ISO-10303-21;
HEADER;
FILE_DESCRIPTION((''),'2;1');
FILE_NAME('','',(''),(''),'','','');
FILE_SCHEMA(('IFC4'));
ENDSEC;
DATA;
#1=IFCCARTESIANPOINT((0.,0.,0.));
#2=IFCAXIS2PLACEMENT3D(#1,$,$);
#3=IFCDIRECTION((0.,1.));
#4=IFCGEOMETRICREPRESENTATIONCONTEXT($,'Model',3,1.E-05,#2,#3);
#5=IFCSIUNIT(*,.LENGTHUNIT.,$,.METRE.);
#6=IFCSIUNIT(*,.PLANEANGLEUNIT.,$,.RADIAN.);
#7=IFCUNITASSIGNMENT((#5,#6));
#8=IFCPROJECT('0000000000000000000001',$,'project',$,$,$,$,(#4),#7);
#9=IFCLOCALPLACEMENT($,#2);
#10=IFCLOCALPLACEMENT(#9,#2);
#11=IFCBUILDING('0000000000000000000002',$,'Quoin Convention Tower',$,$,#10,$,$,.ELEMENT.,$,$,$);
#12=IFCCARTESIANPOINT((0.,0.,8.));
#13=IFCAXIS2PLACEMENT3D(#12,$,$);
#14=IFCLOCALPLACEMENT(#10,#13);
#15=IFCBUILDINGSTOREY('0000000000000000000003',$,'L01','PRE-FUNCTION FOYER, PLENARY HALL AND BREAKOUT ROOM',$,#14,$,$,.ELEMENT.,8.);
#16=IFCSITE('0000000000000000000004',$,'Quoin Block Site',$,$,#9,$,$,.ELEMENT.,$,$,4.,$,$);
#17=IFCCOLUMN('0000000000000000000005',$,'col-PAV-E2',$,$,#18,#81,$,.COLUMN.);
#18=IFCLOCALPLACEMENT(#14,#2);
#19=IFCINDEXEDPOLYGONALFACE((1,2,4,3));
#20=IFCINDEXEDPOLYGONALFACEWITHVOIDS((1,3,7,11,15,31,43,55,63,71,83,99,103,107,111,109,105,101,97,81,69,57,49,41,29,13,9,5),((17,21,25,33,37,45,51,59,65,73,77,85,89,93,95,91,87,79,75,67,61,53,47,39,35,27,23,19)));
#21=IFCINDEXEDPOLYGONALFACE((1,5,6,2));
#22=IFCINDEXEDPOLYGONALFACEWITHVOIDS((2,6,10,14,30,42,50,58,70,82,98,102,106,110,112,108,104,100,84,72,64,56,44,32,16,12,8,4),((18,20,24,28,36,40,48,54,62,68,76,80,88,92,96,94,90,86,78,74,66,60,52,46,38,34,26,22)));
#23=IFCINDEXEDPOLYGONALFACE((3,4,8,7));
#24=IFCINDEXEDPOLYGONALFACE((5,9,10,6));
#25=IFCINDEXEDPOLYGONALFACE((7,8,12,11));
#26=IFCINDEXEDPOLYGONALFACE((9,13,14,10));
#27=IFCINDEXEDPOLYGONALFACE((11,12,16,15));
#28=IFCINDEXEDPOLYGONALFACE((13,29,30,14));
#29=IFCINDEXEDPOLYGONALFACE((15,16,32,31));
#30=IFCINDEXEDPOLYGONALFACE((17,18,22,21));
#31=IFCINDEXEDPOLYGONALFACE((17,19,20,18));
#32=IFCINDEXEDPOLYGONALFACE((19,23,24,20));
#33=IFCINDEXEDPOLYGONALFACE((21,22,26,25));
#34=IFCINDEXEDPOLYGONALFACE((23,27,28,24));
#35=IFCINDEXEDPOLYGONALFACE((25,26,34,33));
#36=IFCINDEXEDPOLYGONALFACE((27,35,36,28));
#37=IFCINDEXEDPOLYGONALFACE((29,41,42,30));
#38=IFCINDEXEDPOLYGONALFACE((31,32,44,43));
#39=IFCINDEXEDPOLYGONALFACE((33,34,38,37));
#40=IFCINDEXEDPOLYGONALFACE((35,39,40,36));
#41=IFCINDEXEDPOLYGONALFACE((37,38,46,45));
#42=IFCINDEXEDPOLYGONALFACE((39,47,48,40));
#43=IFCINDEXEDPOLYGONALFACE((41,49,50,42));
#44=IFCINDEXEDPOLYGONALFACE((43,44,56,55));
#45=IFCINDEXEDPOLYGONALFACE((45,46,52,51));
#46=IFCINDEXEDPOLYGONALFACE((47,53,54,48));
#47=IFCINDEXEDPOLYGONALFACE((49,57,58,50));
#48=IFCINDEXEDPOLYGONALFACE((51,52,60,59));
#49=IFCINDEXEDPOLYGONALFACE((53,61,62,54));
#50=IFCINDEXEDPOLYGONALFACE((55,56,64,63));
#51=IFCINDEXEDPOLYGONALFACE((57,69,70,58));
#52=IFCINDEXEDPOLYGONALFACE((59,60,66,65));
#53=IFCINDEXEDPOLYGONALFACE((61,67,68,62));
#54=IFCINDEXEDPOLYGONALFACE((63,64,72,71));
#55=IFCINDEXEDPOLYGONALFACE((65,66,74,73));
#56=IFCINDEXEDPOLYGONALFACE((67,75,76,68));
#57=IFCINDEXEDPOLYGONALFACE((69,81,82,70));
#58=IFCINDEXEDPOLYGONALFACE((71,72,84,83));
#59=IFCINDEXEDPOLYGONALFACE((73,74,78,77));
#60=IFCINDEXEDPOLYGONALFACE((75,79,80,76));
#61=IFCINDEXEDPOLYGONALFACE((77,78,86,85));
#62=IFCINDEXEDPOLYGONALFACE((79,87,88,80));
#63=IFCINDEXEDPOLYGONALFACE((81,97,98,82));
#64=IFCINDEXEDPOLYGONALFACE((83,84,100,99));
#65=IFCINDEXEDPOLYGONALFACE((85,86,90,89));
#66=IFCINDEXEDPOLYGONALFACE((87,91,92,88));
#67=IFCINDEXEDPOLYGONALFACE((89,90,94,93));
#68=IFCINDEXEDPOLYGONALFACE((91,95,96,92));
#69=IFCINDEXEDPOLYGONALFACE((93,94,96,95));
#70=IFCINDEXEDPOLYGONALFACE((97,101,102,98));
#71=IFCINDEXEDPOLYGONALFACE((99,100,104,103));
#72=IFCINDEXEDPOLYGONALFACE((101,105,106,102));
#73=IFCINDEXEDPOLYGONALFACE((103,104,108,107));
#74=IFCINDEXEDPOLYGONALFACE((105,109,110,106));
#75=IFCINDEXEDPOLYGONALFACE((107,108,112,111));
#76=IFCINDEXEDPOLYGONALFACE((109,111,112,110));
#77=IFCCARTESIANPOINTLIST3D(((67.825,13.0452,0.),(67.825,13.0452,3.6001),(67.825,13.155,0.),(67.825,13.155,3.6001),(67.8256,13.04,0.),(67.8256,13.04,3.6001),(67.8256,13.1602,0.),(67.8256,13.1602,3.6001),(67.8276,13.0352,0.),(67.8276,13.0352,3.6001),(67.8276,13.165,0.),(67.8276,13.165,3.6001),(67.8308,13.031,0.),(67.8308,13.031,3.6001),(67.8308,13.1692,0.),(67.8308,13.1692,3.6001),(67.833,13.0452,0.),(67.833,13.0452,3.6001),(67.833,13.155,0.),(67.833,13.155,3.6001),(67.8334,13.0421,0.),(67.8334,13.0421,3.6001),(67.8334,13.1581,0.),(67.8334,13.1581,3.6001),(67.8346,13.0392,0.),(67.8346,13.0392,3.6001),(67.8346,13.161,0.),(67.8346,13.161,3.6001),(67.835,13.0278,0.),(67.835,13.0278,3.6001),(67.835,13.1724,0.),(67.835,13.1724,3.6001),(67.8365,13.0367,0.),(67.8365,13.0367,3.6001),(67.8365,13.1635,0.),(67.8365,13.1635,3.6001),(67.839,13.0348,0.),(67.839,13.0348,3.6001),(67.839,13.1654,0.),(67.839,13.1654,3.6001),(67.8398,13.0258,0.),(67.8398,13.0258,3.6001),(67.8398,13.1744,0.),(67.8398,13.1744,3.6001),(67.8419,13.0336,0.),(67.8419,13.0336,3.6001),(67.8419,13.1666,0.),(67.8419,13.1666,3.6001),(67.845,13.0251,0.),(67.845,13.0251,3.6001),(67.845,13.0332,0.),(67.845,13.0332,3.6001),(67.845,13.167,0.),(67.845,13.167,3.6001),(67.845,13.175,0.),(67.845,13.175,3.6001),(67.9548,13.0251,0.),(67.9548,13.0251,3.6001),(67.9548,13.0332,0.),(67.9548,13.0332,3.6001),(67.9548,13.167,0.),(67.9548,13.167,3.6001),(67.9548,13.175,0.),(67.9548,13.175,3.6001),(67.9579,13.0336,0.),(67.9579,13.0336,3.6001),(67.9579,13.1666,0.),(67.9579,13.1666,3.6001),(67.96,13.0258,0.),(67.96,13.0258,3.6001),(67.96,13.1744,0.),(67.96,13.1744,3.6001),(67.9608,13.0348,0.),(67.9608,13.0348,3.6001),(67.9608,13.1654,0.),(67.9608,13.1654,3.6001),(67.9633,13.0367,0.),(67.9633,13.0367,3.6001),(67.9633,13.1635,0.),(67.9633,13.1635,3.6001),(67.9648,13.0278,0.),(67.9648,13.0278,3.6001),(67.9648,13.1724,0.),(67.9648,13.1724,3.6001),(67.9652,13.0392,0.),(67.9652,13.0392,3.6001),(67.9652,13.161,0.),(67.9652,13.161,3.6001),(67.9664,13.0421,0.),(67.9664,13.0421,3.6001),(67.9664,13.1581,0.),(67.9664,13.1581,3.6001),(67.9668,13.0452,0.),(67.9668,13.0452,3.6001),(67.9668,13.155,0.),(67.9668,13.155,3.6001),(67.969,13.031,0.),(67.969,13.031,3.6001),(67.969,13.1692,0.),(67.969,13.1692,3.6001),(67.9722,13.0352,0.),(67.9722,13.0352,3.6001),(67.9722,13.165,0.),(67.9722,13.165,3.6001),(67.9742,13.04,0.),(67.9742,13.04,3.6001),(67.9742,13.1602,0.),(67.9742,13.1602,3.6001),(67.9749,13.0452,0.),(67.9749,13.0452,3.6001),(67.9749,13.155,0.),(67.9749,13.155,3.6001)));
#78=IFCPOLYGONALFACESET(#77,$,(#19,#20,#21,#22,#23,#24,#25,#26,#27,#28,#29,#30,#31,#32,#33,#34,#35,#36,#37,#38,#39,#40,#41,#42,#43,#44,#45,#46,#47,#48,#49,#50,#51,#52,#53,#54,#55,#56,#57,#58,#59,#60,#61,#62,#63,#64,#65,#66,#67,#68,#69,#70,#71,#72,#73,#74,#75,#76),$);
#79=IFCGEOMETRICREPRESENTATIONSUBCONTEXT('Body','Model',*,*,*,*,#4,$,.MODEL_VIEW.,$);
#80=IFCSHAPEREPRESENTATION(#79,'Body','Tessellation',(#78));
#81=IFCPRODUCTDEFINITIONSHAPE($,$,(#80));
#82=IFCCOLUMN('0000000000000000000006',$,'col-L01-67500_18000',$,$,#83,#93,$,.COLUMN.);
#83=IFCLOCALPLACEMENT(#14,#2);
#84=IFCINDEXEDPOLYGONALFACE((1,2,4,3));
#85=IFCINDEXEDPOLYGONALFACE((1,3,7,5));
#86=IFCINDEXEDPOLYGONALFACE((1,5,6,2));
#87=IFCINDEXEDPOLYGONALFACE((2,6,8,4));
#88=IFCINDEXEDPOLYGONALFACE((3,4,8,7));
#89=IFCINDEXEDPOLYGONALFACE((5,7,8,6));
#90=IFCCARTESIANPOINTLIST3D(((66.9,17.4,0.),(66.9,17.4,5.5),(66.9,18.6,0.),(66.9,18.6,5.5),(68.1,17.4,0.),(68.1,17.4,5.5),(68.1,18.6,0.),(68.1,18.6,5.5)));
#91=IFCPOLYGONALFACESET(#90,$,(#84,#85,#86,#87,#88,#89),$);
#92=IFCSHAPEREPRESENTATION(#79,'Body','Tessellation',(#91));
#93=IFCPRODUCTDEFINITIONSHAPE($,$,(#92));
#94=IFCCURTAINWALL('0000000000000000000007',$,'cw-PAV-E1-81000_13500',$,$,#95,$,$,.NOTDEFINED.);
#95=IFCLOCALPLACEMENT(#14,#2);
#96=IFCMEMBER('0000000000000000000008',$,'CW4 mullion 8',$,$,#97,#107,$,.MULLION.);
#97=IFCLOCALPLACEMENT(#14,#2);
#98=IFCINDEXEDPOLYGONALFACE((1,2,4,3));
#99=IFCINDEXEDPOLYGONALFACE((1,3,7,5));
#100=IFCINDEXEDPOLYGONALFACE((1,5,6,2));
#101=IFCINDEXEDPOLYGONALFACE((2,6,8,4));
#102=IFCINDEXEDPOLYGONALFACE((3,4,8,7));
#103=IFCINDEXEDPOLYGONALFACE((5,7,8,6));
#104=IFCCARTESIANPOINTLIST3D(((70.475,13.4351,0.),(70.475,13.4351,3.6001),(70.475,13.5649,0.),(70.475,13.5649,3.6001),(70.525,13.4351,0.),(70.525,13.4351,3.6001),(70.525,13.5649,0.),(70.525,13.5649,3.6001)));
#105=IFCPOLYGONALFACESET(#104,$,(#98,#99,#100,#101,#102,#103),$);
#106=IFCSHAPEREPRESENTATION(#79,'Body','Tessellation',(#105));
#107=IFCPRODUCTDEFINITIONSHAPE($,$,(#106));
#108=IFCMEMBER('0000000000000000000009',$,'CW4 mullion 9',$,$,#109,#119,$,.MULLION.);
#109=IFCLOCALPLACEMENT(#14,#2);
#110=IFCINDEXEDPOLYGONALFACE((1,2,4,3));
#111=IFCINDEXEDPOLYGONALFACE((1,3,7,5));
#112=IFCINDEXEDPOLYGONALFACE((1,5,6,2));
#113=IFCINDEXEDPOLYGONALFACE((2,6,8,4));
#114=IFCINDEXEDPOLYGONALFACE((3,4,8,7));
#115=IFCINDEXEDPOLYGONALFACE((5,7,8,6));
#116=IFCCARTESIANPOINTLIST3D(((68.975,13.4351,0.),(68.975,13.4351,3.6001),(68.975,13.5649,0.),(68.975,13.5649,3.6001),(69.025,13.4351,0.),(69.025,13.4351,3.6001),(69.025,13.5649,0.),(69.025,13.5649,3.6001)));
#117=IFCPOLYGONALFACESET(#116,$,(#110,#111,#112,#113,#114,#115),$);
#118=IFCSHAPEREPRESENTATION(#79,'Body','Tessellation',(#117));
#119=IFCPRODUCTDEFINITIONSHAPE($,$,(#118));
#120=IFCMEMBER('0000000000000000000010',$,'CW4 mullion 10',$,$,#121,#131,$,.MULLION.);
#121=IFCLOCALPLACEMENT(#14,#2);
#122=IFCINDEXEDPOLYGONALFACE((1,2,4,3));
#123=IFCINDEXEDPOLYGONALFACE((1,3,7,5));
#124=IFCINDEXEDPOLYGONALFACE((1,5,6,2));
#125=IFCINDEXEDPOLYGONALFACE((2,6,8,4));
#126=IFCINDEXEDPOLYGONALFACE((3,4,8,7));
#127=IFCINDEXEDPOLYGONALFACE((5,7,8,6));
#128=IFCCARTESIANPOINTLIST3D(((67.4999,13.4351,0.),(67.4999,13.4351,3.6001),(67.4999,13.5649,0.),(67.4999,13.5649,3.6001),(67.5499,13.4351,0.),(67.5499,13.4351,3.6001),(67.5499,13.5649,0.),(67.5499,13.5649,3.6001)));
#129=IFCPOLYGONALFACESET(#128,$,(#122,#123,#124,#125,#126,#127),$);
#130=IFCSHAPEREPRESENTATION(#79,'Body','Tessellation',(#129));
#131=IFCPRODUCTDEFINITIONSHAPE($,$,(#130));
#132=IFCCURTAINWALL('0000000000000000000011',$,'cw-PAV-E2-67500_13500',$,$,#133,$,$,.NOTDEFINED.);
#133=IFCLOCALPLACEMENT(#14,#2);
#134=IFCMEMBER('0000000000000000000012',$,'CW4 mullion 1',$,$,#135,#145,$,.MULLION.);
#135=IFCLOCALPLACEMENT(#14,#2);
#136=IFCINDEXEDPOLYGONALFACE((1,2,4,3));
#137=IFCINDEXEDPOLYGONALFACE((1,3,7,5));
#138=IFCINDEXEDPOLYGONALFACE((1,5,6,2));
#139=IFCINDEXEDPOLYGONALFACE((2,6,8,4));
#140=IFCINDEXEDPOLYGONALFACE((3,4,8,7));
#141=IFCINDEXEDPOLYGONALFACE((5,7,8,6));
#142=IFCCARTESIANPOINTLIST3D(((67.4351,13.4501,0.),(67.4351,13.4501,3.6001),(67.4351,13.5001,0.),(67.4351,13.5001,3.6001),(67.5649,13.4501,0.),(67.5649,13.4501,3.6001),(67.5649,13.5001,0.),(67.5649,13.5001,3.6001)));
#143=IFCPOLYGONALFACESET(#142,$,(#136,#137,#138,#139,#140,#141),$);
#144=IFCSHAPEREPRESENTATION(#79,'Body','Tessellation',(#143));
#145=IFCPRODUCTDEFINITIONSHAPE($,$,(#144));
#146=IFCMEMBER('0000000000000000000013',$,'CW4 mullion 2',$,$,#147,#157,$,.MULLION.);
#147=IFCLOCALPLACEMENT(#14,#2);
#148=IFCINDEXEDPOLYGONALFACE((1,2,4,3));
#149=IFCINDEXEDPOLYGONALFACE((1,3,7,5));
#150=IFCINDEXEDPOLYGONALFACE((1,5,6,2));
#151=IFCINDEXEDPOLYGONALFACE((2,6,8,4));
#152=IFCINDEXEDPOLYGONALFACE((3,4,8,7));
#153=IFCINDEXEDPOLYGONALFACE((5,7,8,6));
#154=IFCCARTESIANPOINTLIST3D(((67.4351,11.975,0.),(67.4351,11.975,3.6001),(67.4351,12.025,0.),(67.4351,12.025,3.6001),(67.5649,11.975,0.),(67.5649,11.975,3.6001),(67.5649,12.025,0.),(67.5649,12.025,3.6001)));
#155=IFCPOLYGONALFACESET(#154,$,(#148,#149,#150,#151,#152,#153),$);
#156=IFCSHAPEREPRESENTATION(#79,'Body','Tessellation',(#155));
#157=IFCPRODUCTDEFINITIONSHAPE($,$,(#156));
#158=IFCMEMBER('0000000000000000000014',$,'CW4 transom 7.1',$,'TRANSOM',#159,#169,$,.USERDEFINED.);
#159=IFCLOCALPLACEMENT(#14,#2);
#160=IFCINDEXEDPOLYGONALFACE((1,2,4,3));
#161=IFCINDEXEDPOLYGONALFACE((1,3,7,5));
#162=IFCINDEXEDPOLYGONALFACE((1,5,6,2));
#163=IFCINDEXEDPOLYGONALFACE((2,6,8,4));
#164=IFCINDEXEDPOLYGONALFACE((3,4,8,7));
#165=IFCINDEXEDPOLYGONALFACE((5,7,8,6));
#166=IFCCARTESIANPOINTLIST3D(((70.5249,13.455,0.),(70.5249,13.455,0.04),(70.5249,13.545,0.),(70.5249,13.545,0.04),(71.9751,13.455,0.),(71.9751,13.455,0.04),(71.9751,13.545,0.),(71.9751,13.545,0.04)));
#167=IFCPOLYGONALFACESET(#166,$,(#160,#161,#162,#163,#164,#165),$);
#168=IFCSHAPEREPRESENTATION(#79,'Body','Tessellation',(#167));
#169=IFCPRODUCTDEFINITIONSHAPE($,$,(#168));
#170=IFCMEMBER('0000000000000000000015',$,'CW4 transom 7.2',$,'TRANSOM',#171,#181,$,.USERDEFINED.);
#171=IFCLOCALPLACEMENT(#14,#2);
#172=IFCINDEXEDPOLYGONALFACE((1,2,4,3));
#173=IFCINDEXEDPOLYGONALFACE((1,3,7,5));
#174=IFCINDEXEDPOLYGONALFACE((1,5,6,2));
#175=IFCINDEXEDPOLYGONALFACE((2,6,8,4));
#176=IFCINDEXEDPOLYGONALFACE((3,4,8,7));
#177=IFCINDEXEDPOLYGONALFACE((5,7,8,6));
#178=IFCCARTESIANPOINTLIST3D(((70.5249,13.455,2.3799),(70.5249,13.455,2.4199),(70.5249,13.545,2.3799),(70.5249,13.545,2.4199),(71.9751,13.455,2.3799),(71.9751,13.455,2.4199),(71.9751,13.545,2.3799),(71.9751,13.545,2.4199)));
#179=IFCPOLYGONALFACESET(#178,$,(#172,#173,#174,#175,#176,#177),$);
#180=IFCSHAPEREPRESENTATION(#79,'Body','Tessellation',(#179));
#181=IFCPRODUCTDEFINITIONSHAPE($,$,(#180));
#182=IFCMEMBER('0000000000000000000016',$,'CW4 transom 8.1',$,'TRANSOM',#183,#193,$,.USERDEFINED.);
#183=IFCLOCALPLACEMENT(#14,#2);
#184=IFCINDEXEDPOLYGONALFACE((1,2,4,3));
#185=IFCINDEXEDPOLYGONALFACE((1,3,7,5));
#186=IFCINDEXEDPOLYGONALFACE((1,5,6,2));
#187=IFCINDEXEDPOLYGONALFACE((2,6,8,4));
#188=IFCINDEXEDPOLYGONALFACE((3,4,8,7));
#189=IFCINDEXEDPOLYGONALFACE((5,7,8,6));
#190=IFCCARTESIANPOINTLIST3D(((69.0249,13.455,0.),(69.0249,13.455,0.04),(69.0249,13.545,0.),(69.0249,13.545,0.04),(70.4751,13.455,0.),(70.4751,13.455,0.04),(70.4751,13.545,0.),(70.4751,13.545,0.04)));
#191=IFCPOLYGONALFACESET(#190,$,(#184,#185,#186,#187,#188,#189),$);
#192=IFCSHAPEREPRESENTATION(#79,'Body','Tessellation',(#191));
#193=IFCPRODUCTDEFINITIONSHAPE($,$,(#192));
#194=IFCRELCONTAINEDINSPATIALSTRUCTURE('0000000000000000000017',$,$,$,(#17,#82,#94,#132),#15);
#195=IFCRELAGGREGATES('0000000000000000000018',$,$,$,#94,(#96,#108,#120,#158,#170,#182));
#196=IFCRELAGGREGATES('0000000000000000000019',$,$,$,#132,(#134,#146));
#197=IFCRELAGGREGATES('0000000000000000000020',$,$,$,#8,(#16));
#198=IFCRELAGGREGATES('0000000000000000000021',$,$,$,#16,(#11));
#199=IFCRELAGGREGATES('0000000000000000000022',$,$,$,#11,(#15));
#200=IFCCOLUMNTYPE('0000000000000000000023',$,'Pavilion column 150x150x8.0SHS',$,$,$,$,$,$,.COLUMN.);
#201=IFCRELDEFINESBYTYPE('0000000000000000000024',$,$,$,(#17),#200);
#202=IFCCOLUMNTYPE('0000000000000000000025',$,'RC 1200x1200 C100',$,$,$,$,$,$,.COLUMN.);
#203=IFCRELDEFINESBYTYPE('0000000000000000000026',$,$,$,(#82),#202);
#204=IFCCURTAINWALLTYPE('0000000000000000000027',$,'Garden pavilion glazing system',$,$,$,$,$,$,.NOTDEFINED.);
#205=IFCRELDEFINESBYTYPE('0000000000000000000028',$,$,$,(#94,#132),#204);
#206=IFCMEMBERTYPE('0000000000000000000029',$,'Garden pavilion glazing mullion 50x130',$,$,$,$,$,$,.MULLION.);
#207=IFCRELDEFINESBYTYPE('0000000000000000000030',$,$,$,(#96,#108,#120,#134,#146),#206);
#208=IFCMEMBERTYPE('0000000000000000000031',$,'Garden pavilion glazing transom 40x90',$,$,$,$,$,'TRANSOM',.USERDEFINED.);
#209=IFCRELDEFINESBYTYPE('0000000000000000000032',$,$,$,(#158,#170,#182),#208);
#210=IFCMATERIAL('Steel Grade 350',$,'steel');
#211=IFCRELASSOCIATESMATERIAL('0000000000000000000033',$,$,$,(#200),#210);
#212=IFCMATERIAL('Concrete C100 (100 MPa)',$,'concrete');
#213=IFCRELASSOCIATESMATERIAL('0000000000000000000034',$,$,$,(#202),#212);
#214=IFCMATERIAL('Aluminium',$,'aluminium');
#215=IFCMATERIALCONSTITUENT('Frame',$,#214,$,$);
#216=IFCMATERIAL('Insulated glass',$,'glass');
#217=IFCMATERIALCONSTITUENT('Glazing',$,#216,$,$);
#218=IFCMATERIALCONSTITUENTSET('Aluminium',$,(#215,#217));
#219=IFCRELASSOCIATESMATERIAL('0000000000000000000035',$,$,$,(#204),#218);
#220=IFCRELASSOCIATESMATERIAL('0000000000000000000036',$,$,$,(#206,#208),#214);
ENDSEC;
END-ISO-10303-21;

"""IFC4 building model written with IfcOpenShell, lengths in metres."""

from ifc_helpers import new_model, si_unit, direction, frame, origin, origin_2d, place, context, subcontext, project, spatial, rectangle, hollow_rectangle, extrude, material, constituent, constituent_set, material_profile, profile_set, type_object, element, aggregate, save


model = new_model("IFC4")

# Units and contexts
model_context = context("Model", 3, precision=1e-05, world=origin(), true_north=direction((0.0, 1.0)))
body_context = subcontext(model_context, "Body", "Model", "MODEL_VIEW")
ifc_project = project(units=[si_unit("LENGTHUNIT", "METRE"), si_unit("PLANEANGLEUNIT", "RADIAN")], contexts=[model_context])

# Site, building, storey
site_placement = place(None, origin())
site = spatial("IfcSite", under=ifc_project, at=site_placement, Name="Quoin Block Site", CompositionType="ELEMENT", RefElevation=4.0)
building_placement = place(site_placement, origin())
building = spatial("IfcBuilding", under=site, at=building_placement, Name="Quoin Convention Tower", CompositionType="ELEMENT")
storey_placement = place(building_placement, frame((0.0, 0.0, 8.0)))
storey = spatial("IfcBuildingStorey", under=building, at=storey_placement, Name="L01", Description="PRE-FUNCTION FOYER, PLENARY HALL AND BREAKOUT ROOM", CompositionType="ELEMENT", Elevation=8.0)

# Columns
ifc_material_1 = material(Name="Steel Grade 350", Category="steel")
ifc_material_profile_1 = material_profile(ifc_material_1, hollow_rectangle(XDim=0.1499, YDim=0.1499, WallThickness=0.0081, InnerFilletRadius=0.012, OuterFilletRadius=0.02, at=origin_2d()), Name="150x150x8.0SHS")
ifc_profile_set_1 = profile_set([ifc_material_profile_1], Name="Steel Grade 350")
column_type_1 = type_object("IfcColumnType", Name="Pavilion column 150x150x8.0SHS", PredefinedType="COLUMN", material=ifc_profile_set_1)
column_1_placement = place(storey_placement, frame((67.8999, 13.1001, 0.0), z_axis=(0.0, 0.0, 1.0), x_axis=(1.0, 0.0, 0.0)))
element("IfcColumn", 1, at=column_1_placement, inside=storey, type_object=column_type_1, Name="col-PAV-E2", PredefinedType="COLUMN", context=body_context, shape_type="SweptSolid", body=[
    extrude(hollow_rectangle(XDim=0.1499, YDim=0.1499, WallThickness=0.0081, InnerFilletRadius=0.012, OuterFilletRadius=0.02, at=origin_2d()), origin(), (0.0, 0.0, 1.0), 3.6001),
])
ifc_material_2 = material(Name="Concrete C100 (100 MPa)", Category="concrete")
ifc_material_profile_2 = material_profile(ifc_material_2, rectangle(XDim=1.2, YDim=1.2, at=origin_2d()), Name="RC 1200x1200")
ifc_profile_set_2 = profile_set([ifc_material_profile_2], Name="Concrete C100 (100 MPa)")
column_type_2 = type_object("IfcColumnType", Name="RC 1200x1200 C100", PredefinedType="COLUMN", material=ifc_profile_set_2)
column_2_placement = place(storey_placement, frame((67.5, 18.0, 0.0), z_axis=(0.0, 0.0, 1.0), x_axis=(1.0, 0.0, 0.0)))
element("IfcColumn", 2, at=column_2_placement, inside=storey, type_object=column_type_2, Name="col-L01-67500_18000", PredefinedType="COLUMN", context=body_context, shape_type="SweptSolid", body=[
    extrude(rectangle(XDim=1.2, YDim=1.2, at=origin_2d()), origin(), (0.0, 0.0, 1.0), 5.5),
])

# Curtain walls, members
ifc_material_3 = material(Name="Aluminium", Category="aluminium")
ifc_constituent_1 = constituent(ifc_material_3, Name="Frame")
ifc_material_4 = material(Name="Insulated glass", Category="glass")
ifc_constituent_2 = constituent(ifc_material_4, Name="Glazing")
ifc_constituent_set = constituent_set(constituents=[ifc_constituent_1, ifc_constituent_2], Name="Aluminium")
curtain_wall_type = type_object("IfcCurtainWallType", Name="Garden pavilion glazing system", PredefinedType="NOTDEFINED", material=ifc_constituent_set)
curtain_wall_1_placement = place(storey_placement, origin())
curtain_wall_1 = element("IfcCurtainWall", 3, at=curtain_wall_1_placement, inside=storey, type_object=curtain_wall_type, Name="cw-PAV-E1-81000_13500", PredefinedType="NOTDEFINED")
ifc_material_profile_3 = material_profile(ifc_material_3, rectangle(XDim=0.1299, YDim=0.05, at=origin_2d()), Name="Garden pavilion glazing mullion 50x130")
ifc_profile_set_3 = profile_set([ifc_material_profile_3], Name="Aluminium")
member_type_1 = type_object("IfcMemberType", Name="Garden pavilion glazing mullion 50x130", PredefinedType="MULLION", material=ifc_profile_set_3)
member_1_placement = place(storey_placement, frame((70.5, 13.5, 0.0), z_axis=(0.0, 0.0, 1.0), x_axis=(0.0, -1.0, 0.0)))
member_1 = element("IfcMember", 4, at=member_1_placement, type_object=member_type_1, Name="CW4 mullion 8", PredefinedType="MULLION", context=body_context, shape_type="SweptSolid", body=[
    extrude(rectangle(XDim=0.1299, YDim=0.05, at=origin_2d()), origin(), (0.0, 0.0, 1.0), 3.6001),
])
member_2_placement = place(storey_placement, frame((69.0, 13.5, 0.0), z_axis=(0.0, 0.0, 1.0), x_axis=(0.0, -1.0, 0.0)))
member_2 = element("IfcMember", 5, at=member_2_placement, type_object=member_type_1, Name="CW4 mullion 9", PredefinedType="MULLION", context=body_context, shape_type="SweptSolid", body=[
    extrude(rectangle(XDim=0.1299, YDim=0.05, at=origin_2d()), origin(), (0.0, 0.0, 1.0), 3.6001),
])
member_3_placement = place(storey_placement, frame((67.5249, 13.5, 0.0), z_axis=(0.0, 0.0, 1.0), x_axis=(0.0, -1.0, 0.0)))
member_3 = element("IfcMember", 6, at=member_3_placement, type_object=member_type_1, Name="CW4 mullion 10", PredefinedType="MULLION", context=body_context, shape_type="SweptSolid", body=[
    extrude(rectangle(XDim=0.1299, YDim=0.05, at=origin_2d()), origin(), (0.0, 0.0, 1.0), 3.6001),
])
curtain_wall_2_placement = place(storey_placement, origin())
curtain_wall_2 = element("IfcCurtainWall", 7, at=curtain_wall_2_placement, inside=storey, type_object=curtain_wall_type, Name="cw-PAV-E2-67500_13500", PredefinedType="NOTDEFINED")
member_4_placement = place(storey_placement, frame((67.5, 13.4751, 0.0), z_axis=(0.0, 0.0, 1.0), x_axis=(1.0, 0.0, 0.0)))
member_4 = element("IfcMember", 8, at=member_4_placement, type_object=member_type_1, Name="CW4 mullion 1", PredefinedType="MULLION", context=body_context, shape_type="SweptSolid", body=[
    extrude(rectangle(XDim=0.1299, YDim=0.05, at=origin_2d()), origin(), (0.0, 0.0, 1.0), 3.6001),
])
member_5_placement = place(storey_placement, frame((67.5, 12.0, 0.0), z_axis=(0.0, 0.0, 1.0), x_axis=(1.0, 0.0, 0.0)))
member_5 = element("IfcMember", 9, at=member_5_placement, type_object=member_type_1, Name="CW4 mullion 2", PredefinedType="MULLION", context=body_context, shape_type="SweptSolid", body=[
    extrude(rectangle(XDim=0.1299, YDim=0.05, at=origin_2d()), origin(), (0.0, 0.0, 1.0), 3.6001),
])

# Members
ifc_material_profile_4 = material_profile(ifc_material_3, rectangle(XDim=0.0901, YDim=0.04, at=origin_2d()), Name="Garden pavilion glazing transom 40x90")
ifc_profile_set_4 = profile_set([ifc_material_profile_4], Name="Aluminium")
member_type_2 = type_object("IfcMemberType", Name="Garden pavilion glazing transom 40x90", ElementType="TRANSOM", PredefinedType="USERDEFINED", material=ifc_profile_set_4)
member_6_placement = place(storey_placement, frame((71.9751, 13.5, 0.02), z_axis=(-1.0, 0.0, 0.0), x_axis=(0.0, -1.0, 0.0)))
member_6 = element("IfcMember", 10, at=member_6_placement, type_object=member_type_2, Name="CW4 transom 7.1", ObjectType="TRANSOM", PredefinedType="USERDEFINED", context=body_context, shape_type="SweptSolid", body=[
    extrude(rectangle(XDim=0.0901, YDim=0.04, at=origin_2d()), origin(), (0.0, 0.0, 1.0), 1.4502),
])
member_7_placement = place(storey_placement, frame((71.9751, 13.5, 2.3999), z_axis=(-1.0, 0.0, 0.0), x_axis=(0.0, -1.0, 0.0)))
member_7 = element("IfcMember", 11, at=member_7_placement, type_object=member_type_2, Name="CW4 transom 7.2", ObjectType="TRANSOM", PredefinedType="USERDEFINED", context=body_context, shape_type="SweptSolid", body=[
    extrude(rectangle(XDim=0.0901, YDim=0.04, at=origin_2d()), origin(), (0.0, 0.0, 1.0), 1.4502),
])
member_8_placement = place(storey_placement, frame((70.4751, 13.5, 0.02), z_axis=(-1.0, 0.0, 0.0), x_axis=(0.0, -1.0, 0.0)))
member_8 = element("IfcMember", 12, at=member_8_placement, type_object=member_type_2, Name="CW4 transom 8.1", ObjectType="TRANSOM", PredefinedType="USERDEFINED", context=body_context, shape_type="SweptSolid", body=[
    extrude(rectangle(XDim=0.0901, YDim=0.04, at=origin_2d()), origin(), (0.0, 0.0, 1.0), 1.4502),
])

aggregate(curtain_wall_1, [member_1, member_2, member_3, member_6, member_7, member_8])
aggregate(curtain_wall_2, [member_4, member_5])

save(model, "model.ifc")
